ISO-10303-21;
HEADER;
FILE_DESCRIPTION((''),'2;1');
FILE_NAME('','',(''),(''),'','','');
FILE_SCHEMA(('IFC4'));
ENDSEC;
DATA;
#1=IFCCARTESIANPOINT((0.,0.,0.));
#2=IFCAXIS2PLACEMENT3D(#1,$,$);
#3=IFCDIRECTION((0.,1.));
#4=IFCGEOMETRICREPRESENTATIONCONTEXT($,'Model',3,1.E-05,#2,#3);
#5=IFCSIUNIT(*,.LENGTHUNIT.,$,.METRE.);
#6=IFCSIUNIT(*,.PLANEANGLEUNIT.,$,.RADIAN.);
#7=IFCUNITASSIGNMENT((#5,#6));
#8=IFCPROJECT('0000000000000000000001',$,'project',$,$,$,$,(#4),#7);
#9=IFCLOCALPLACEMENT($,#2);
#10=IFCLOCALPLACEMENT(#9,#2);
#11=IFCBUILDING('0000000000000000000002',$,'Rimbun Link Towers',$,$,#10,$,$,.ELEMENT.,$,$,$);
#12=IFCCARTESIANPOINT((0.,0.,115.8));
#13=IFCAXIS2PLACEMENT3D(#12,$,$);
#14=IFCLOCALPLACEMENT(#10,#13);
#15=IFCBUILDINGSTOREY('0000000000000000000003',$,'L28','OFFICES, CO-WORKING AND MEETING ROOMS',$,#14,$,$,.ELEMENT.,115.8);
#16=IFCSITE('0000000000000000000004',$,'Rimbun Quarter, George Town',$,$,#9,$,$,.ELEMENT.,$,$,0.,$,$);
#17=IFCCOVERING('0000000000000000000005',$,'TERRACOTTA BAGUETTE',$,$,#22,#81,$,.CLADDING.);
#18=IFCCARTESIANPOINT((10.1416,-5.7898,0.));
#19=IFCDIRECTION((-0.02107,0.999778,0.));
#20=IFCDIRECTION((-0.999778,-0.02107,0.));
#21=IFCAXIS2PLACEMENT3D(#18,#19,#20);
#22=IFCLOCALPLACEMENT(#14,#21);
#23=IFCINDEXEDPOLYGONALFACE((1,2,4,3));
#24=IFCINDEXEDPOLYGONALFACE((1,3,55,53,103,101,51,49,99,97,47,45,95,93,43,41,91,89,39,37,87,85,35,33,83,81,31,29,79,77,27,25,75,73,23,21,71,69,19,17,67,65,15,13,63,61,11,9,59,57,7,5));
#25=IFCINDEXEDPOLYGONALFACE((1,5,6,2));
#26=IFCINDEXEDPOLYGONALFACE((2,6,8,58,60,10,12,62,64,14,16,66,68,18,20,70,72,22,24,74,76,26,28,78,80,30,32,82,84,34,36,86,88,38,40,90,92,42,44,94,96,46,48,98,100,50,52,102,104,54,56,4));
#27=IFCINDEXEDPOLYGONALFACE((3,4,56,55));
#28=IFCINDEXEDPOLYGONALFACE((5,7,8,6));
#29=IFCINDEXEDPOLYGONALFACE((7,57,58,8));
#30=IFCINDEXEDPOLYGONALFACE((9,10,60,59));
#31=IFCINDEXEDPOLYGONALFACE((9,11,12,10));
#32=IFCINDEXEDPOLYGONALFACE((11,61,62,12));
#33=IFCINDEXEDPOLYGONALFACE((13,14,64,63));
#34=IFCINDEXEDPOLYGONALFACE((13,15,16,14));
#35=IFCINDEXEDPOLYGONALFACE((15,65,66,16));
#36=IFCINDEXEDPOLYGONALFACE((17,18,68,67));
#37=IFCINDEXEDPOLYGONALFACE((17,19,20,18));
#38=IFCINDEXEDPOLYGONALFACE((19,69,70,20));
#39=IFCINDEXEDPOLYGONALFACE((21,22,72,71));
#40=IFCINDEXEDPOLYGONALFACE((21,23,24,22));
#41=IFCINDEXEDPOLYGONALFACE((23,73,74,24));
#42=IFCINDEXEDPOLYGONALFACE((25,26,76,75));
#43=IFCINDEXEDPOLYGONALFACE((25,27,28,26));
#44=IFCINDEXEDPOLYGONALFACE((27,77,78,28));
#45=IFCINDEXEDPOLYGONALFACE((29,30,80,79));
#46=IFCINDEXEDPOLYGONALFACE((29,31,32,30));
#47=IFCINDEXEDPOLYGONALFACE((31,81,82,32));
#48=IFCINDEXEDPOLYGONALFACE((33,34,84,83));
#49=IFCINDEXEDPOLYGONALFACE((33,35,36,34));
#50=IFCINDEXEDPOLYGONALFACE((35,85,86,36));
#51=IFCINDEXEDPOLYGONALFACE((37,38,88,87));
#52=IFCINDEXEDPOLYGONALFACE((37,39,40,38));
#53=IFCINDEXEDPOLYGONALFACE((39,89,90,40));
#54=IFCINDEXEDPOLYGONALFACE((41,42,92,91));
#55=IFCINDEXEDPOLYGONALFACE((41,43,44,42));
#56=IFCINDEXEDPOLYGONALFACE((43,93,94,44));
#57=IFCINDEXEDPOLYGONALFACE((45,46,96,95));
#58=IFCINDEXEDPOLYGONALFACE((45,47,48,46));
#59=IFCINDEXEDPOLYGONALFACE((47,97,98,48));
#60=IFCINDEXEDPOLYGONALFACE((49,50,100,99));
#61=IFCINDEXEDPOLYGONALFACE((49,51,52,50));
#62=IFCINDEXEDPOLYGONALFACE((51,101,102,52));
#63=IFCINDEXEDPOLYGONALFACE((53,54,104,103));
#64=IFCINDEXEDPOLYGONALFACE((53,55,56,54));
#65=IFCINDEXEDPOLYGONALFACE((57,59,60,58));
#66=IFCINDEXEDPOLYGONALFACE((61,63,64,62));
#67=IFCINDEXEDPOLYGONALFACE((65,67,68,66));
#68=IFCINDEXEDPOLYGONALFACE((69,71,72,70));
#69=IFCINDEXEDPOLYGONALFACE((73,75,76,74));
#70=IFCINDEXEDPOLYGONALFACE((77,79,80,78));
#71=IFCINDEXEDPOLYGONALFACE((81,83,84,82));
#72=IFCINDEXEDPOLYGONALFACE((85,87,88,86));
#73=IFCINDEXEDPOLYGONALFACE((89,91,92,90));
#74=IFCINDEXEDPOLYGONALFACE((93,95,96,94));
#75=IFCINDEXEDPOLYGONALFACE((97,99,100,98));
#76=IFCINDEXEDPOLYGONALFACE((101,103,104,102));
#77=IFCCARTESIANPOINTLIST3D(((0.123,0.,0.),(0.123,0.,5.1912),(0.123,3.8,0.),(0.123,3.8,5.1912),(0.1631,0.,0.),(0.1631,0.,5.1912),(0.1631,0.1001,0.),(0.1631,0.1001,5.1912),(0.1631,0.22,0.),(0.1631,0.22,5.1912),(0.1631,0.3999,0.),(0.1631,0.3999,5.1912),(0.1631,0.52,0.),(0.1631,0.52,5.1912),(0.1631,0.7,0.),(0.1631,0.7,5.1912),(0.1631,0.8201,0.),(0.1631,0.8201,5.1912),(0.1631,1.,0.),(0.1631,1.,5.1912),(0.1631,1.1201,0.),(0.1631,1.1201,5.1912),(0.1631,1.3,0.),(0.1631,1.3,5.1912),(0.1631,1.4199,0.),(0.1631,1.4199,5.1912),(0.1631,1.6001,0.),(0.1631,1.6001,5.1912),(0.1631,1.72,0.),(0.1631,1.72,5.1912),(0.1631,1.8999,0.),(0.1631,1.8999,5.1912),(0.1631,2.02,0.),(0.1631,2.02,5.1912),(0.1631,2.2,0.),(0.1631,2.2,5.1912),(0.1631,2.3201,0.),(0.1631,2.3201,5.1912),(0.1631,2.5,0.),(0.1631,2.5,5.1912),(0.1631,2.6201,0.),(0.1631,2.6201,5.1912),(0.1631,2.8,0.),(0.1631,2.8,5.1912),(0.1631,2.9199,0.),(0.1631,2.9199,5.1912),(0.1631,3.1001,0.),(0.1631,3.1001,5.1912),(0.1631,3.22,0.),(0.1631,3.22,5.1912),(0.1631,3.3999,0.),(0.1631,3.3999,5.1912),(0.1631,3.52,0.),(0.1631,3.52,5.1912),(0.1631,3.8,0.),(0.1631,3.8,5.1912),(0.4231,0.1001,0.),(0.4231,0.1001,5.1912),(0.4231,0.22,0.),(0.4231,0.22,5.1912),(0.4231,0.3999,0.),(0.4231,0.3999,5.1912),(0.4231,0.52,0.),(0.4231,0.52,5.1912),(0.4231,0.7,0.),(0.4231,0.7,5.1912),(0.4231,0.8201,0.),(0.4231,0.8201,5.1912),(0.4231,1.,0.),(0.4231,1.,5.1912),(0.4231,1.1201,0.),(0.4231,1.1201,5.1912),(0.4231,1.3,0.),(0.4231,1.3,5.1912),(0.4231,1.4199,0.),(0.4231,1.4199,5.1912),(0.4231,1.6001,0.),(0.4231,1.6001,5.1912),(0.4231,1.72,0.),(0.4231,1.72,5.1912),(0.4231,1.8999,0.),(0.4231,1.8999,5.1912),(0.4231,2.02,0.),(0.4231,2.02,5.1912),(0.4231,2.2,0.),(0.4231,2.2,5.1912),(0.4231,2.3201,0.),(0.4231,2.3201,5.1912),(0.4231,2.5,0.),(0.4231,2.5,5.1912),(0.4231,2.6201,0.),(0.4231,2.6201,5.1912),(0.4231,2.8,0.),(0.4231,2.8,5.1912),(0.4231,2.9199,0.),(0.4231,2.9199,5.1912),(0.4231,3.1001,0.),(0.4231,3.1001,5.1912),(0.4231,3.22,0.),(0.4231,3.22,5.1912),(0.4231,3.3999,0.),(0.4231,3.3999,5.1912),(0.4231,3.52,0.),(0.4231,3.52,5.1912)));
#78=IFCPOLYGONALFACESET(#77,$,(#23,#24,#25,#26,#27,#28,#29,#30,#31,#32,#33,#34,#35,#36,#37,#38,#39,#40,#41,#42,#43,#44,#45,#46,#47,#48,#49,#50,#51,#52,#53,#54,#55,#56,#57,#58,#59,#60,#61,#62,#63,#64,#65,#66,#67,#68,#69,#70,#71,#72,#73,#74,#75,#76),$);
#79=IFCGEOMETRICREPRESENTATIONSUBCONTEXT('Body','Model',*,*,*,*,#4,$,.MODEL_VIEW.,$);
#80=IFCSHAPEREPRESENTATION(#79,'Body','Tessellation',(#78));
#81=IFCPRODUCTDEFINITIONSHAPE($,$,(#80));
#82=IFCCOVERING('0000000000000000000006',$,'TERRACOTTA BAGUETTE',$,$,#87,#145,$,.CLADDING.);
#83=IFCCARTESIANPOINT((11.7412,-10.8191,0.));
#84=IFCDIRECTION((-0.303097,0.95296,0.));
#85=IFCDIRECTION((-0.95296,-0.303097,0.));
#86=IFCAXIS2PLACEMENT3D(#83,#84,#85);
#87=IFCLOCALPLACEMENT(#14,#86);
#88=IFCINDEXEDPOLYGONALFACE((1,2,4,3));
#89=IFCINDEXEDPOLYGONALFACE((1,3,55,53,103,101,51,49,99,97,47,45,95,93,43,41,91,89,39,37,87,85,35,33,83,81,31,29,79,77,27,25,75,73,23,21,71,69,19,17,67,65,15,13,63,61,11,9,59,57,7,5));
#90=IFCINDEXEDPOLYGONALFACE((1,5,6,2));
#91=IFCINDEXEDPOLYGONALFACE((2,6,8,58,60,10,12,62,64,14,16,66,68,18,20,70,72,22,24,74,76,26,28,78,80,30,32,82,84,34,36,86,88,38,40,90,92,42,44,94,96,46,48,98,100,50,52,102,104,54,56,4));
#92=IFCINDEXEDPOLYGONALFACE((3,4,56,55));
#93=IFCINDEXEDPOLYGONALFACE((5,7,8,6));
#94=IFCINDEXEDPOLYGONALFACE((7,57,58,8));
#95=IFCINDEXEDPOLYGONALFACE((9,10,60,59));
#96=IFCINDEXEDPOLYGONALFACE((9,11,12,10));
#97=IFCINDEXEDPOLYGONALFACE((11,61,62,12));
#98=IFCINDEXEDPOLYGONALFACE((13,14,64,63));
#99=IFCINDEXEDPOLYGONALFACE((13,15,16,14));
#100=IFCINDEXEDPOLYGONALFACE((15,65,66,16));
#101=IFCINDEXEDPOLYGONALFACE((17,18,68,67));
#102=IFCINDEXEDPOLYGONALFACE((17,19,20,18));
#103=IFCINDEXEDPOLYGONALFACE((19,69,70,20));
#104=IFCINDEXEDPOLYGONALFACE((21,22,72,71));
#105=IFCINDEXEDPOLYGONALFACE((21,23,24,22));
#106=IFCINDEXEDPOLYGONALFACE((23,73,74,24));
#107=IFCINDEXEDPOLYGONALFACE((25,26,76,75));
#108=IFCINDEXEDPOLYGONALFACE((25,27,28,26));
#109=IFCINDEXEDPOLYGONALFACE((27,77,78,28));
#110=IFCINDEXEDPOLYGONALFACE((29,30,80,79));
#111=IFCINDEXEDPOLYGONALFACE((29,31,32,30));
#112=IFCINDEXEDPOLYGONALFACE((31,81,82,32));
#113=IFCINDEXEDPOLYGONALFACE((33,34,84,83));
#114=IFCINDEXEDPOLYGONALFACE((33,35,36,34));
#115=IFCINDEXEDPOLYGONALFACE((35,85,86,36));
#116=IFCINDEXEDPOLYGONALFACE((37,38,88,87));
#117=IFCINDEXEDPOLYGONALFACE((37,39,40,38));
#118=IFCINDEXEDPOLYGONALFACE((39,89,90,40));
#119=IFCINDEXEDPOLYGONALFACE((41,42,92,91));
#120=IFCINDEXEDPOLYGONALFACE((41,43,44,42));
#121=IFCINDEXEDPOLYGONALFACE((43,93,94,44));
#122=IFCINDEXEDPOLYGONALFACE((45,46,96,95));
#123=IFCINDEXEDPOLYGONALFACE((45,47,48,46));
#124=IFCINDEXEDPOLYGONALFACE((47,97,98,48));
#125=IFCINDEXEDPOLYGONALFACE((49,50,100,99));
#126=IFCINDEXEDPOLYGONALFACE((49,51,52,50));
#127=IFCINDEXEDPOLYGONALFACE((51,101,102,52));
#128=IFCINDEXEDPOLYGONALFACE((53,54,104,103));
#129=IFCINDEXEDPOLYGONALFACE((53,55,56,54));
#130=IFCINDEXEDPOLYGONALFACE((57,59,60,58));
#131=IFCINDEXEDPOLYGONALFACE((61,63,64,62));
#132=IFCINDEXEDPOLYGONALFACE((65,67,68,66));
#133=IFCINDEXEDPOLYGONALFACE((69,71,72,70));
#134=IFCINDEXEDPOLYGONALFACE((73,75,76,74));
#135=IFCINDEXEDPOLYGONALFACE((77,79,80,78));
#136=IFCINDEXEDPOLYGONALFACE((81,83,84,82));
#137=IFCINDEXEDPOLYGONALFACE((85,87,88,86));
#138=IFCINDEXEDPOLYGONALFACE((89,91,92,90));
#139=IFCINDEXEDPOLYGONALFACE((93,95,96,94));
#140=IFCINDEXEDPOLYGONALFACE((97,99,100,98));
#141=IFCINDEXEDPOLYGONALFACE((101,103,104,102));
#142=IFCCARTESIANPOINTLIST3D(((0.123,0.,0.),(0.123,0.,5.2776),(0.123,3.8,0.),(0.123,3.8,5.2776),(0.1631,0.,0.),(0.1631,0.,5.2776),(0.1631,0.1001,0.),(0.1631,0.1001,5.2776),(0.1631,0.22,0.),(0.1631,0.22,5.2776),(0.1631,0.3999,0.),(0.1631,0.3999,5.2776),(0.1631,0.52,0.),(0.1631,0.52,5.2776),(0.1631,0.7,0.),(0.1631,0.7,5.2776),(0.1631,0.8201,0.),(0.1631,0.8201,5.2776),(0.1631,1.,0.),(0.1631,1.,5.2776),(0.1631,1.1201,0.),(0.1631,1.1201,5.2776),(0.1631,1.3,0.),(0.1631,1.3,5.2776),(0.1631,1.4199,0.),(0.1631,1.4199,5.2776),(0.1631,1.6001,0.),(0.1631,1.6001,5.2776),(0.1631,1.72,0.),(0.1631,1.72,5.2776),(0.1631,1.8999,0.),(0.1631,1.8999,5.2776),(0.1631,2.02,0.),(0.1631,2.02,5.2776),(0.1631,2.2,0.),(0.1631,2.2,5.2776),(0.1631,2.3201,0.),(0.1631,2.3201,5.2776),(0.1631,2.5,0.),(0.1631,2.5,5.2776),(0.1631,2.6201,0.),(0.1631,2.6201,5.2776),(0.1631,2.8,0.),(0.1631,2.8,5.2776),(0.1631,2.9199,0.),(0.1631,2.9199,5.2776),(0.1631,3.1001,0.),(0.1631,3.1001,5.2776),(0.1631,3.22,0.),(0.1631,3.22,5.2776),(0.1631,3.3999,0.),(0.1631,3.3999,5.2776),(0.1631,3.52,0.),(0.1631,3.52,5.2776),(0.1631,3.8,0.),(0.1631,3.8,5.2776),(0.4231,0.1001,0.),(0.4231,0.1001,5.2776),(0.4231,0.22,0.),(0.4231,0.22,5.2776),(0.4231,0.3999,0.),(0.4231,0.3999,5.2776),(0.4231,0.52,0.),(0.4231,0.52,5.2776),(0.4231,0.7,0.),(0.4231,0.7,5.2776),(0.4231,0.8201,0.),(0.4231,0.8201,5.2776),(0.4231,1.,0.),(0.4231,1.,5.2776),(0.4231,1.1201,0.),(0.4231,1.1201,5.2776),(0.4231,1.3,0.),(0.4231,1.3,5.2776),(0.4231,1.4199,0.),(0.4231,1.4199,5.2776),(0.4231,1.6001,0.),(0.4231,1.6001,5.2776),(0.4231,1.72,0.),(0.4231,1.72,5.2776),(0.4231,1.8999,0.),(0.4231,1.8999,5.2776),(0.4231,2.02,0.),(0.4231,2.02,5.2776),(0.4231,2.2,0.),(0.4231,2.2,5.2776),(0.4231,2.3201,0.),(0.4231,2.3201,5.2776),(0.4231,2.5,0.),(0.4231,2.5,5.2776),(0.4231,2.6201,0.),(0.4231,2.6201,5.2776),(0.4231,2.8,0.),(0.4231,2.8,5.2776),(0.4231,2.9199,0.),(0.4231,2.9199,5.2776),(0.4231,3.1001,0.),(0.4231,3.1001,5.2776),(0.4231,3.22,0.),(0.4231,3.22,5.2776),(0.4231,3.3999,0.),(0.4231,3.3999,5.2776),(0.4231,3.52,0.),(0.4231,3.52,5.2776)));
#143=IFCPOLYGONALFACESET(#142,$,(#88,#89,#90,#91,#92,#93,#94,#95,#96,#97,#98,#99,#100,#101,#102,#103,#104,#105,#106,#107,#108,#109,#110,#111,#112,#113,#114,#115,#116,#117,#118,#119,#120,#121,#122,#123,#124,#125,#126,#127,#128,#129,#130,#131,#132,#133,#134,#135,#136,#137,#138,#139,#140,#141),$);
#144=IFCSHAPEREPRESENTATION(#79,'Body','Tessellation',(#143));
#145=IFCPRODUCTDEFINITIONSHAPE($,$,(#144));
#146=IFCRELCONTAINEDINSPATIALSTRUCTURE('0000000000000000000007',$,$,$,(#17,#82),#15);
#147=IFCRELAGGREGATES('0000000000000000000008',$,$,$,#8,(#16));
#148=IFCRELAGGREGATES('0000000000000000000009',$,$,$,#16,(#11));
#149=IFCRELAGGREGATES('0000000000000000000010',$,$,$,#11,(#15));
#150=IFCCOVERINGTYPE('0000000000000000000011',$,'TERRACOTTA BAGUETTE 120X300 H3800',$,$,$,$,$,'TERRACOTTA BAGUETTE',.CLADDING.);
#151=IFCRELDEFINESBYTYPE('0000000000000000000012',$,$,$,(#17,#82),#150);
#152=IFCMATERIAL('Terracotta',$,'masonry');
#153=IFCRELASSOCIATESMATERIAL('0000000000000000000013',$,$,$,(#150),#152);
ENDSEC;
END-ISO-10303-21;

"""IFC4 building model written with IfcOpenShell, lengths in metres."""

from ifc_helpers import new_model, si_unit, direction, frame, origin, place, context, subcontext, project, spatial, polyline, outline, extrude, material, material_profile, profile_set, type_object, element, save


model = new_model("IFC4")

# Units and contexts
model_context = context("Model", 3, precision=1e-05, world=origin(), true_north=direction((0.0, 1.0)))
body_context = subcontext(model_context, "Body", "Model", "MODEL_VIEW")
ifc_project = project(units=[si_unit("LENGTHUNIT", "METRE"), si_unit("PLANEANGLEUNIT", "RADIAN")], contexts=[model_context])

# Site, building, storey
site_placement = place(None, origin())
site = spatial("IfcSite", under=ifc_project, at=site_placement, Name="Rimbun Quarter, George Town", CompositionType="ELEMENT", RefElevation=0.0)
building_placement = place(site_placement, origin())
building = spatial("IfcBuilding", under=site, at=building_placement, Name="Rimbun Link Towers", CompositionType="ELEMENT")
storey_placement = place(building_placement, frame((0.0, 0.0, 115.8)))
storey = spatial("IfcBuildingStorey", under=building, at=storey_placement, Name="L28", Description="OFFICES, CO-WORKING AND MEETING ROOMS", CompositionType="ELEMENT", Elevation=115.8)

# Coverings
ifc_material_1 = material(Name="Terracotta", Category="masonry")
ifc_material_profile_1 = material_profile(ifc_material_1, outline(polyline([(0.123, 0.0), (0.1631, 0.0), (0.1631, 0.1001), (0.4231, 0.1001), (0.4231, 0.22), (0.1631, 0.22), (0.1631, 0.3999), (0.4231, 0.3999), (0.4231, 0.52), (0.1631, 0.52), (0.1631, 0.7), (0.4231, 0.7), (0.4231, 0.8201), (0.1631, 0.8201), (0.1631, 1.0), (0.4231, 1.0), (0.4231, 1.1201), (0.1631, 1.1201), (0.1631, 1.3), (0.4231, 1.3), (0.4231, 1.4199), (0.1631, 1.4199), (0.1631, 1.6001), (0.4231, 1.6001), (0.4231, 1.72), (0.1631, 1.72), (0.1631, 1.8999), (0.4231, 1.8999), (0.4231, 2.02), (0.1631, 2.02), (0.1631, 2.2), (0.4231, 2.2), (0.4231, 2.3201), (0.1631, 2.3201), (0.1631, 2.5), (0.4231, 2.5), (0.4231, 2.6201), (0.1631, 2.6201), (0.1631, 2.8), (0.4231, 2.8), (0.4231, 2.9199), (0.1631, 2.9199), (0.1631, 3.1001), (0.4231, 3.1001), (0.4231, 3.22), (0.1631, 3.22), (0.1631, 3.3999), (0.4231, 3.3999), (0.4231, 3.52), (0.1631, 3.52), (0.1631, 3.8), (0.123, 3.8), (0.123, 0.0)])), Name="BAGUETTE 120X300")
ifc_profile_set_1 = profile_set([ifc_material_profile_1], Name="Terracotta")
covering_type_1 = type_object("IfcCoveringType", Name="TERRACOTTA BAGUETTE 120X300 H3800", ElementType="TERRACOTTA BAGUETTE", PredefinedType="CLADDING", material=ifc_profile_set_1)
covering_1_placement = place(storey_placement, frame((10.1416, -5.7898, 0.0), z_axis=(-0.02107, 0.999778, 0.0), x_axis=(-0.999778, -0.02107, 0.0)))
element("IfcCovering", 1, at=covering_1_placement, inside=storey, type_object=covering_type_1, Name="TERRACOTTA BAGUETTE", PredefinedType="CLADDING", context=body_context, shape_type="SweptSolid", body=[
    extrude(outline(polyline([(0.123, 0.0), (0.1631, 0.0), (0.1631, 0.1001), (0.4231, 0.1001), (0.4231, 0.22), (0.1631, 0.22), (0.1631, 0.3999), (0.4231, 0.3999), (0.4231, 0.52), (0.1631, 0.52), (0.1631, 0.7), (0.4231, 0.7), (0.4231, 0.8201), (0.1631, 0.8201), (0.1631, 1.0), (0.4231, 1.0), (0.4231, 1.1201), (0.1631, 1.1201), (0.1631, 1.3), (0.4231, 1.3), (0.4231, 1.4199), (0.1631, 1.4199), (0.1631, 1.6001), (0.4231, 1.6001), (0.4231, 1.72), (0.1631, 1.72), (0.1631, 1.8999), (0.4231, 1.8999), (0.4231, 2.02), (0.1631, 2.02), (0.1631, 2.2), (0.4231, 2.2), (0.4231, 2.3201), (0.1631, 2.3201), (0.1631, 2.5), (0.4231, 2.5), (0.4231, 2.6201), (0.1631, 2.6201), (0.1631, 2.8), (0.4231, 2.8), (0.4231, 2.9199), (0.1631, 2.9199), (0.1631, 3.1001), (0.4231, 3.1001), (0.4231, 3.22), (0.1631, 3.22), (0.1631, 3.3999), (0.4231, 3.3999), (0.4231, 3.52), (0.1631, 3.52), (0.1631, 3.8), (0.123, 3.8), (0.123, 0.0)])), origin(), (0.0, 0.0, 1.0), 5.1912),
])
covering_2_placement = place(storey_placement, frame((11.7412, -10.8191, 0.0), z_axis=(-0.303097, 0.95296, 0.0), x_axis=(-0.95296, -0.303097, 0.0)))
element("IfcCovering", 2, at=covering_2_placement, inside=storey, type_object=covering_type_1, Name="TERRACOTTA BAGUETTE", PredefinedType="CLADDING", context=body_context, shape_type="SweptSolid", body=[
    extrude(outline(polyline([(0.123, 0.0), (0.1631, 0.0), (0.1631, 0.1001), (0.4231, 0.1001), (0.4231, 0.22), (0.1631, 0.22), (0.1631, 0.3999), (0.4231, 0.3999), (0.4231, 0.52), (0.1631, 0.52), (0.1631, 0.7), (0.4231, 0.7), (0.4231, 0.8201), (0.1631, 0.8201), (0.1631, 1.0), (0.4231, 1.0), (0.4231, 1.1201), (0.1631, 1.1201), (0.1631, 1.3), (0.4231, 1.3), (0.4231, 1.4199), (0.1631, 1.4199), (0.1631, 1.6001), (0.4231, 1.6001), (0.4231, 1.72), (0.1631, 1.72), (0.1631, 1.8999), (0.4231, 1.8999), (0.4231, 2.02), (0.1631, 2.02), (0.1631, 2.2), (0.4231, 2.2), (0.4231, 2.3201), (0.1631, 2.3201), (0.1631, 2.5), (0.4231, 2.5), (0.4231, 2.6201), (0.1631, 2.6201), (0.1631, 2.8), (0.4231, 2.8), (0.4231, 2.9199), (0.1631, 2.9199), (0.1631, 3.1001), (0.4231, 3.1001), (0.4231, 3.22), (0.1631, 3.22), (0.1631, 3.3999), (0.4231, 3.3999), (0.4231, 3.52), (0.1631, 3.52), (0.1631, 3.8), (0.123, 3.8), (0.123, 0.0)])), origin(), (0.0, 0.0, 1.0), 5.2776),
])

save(model, "model.ifc")
